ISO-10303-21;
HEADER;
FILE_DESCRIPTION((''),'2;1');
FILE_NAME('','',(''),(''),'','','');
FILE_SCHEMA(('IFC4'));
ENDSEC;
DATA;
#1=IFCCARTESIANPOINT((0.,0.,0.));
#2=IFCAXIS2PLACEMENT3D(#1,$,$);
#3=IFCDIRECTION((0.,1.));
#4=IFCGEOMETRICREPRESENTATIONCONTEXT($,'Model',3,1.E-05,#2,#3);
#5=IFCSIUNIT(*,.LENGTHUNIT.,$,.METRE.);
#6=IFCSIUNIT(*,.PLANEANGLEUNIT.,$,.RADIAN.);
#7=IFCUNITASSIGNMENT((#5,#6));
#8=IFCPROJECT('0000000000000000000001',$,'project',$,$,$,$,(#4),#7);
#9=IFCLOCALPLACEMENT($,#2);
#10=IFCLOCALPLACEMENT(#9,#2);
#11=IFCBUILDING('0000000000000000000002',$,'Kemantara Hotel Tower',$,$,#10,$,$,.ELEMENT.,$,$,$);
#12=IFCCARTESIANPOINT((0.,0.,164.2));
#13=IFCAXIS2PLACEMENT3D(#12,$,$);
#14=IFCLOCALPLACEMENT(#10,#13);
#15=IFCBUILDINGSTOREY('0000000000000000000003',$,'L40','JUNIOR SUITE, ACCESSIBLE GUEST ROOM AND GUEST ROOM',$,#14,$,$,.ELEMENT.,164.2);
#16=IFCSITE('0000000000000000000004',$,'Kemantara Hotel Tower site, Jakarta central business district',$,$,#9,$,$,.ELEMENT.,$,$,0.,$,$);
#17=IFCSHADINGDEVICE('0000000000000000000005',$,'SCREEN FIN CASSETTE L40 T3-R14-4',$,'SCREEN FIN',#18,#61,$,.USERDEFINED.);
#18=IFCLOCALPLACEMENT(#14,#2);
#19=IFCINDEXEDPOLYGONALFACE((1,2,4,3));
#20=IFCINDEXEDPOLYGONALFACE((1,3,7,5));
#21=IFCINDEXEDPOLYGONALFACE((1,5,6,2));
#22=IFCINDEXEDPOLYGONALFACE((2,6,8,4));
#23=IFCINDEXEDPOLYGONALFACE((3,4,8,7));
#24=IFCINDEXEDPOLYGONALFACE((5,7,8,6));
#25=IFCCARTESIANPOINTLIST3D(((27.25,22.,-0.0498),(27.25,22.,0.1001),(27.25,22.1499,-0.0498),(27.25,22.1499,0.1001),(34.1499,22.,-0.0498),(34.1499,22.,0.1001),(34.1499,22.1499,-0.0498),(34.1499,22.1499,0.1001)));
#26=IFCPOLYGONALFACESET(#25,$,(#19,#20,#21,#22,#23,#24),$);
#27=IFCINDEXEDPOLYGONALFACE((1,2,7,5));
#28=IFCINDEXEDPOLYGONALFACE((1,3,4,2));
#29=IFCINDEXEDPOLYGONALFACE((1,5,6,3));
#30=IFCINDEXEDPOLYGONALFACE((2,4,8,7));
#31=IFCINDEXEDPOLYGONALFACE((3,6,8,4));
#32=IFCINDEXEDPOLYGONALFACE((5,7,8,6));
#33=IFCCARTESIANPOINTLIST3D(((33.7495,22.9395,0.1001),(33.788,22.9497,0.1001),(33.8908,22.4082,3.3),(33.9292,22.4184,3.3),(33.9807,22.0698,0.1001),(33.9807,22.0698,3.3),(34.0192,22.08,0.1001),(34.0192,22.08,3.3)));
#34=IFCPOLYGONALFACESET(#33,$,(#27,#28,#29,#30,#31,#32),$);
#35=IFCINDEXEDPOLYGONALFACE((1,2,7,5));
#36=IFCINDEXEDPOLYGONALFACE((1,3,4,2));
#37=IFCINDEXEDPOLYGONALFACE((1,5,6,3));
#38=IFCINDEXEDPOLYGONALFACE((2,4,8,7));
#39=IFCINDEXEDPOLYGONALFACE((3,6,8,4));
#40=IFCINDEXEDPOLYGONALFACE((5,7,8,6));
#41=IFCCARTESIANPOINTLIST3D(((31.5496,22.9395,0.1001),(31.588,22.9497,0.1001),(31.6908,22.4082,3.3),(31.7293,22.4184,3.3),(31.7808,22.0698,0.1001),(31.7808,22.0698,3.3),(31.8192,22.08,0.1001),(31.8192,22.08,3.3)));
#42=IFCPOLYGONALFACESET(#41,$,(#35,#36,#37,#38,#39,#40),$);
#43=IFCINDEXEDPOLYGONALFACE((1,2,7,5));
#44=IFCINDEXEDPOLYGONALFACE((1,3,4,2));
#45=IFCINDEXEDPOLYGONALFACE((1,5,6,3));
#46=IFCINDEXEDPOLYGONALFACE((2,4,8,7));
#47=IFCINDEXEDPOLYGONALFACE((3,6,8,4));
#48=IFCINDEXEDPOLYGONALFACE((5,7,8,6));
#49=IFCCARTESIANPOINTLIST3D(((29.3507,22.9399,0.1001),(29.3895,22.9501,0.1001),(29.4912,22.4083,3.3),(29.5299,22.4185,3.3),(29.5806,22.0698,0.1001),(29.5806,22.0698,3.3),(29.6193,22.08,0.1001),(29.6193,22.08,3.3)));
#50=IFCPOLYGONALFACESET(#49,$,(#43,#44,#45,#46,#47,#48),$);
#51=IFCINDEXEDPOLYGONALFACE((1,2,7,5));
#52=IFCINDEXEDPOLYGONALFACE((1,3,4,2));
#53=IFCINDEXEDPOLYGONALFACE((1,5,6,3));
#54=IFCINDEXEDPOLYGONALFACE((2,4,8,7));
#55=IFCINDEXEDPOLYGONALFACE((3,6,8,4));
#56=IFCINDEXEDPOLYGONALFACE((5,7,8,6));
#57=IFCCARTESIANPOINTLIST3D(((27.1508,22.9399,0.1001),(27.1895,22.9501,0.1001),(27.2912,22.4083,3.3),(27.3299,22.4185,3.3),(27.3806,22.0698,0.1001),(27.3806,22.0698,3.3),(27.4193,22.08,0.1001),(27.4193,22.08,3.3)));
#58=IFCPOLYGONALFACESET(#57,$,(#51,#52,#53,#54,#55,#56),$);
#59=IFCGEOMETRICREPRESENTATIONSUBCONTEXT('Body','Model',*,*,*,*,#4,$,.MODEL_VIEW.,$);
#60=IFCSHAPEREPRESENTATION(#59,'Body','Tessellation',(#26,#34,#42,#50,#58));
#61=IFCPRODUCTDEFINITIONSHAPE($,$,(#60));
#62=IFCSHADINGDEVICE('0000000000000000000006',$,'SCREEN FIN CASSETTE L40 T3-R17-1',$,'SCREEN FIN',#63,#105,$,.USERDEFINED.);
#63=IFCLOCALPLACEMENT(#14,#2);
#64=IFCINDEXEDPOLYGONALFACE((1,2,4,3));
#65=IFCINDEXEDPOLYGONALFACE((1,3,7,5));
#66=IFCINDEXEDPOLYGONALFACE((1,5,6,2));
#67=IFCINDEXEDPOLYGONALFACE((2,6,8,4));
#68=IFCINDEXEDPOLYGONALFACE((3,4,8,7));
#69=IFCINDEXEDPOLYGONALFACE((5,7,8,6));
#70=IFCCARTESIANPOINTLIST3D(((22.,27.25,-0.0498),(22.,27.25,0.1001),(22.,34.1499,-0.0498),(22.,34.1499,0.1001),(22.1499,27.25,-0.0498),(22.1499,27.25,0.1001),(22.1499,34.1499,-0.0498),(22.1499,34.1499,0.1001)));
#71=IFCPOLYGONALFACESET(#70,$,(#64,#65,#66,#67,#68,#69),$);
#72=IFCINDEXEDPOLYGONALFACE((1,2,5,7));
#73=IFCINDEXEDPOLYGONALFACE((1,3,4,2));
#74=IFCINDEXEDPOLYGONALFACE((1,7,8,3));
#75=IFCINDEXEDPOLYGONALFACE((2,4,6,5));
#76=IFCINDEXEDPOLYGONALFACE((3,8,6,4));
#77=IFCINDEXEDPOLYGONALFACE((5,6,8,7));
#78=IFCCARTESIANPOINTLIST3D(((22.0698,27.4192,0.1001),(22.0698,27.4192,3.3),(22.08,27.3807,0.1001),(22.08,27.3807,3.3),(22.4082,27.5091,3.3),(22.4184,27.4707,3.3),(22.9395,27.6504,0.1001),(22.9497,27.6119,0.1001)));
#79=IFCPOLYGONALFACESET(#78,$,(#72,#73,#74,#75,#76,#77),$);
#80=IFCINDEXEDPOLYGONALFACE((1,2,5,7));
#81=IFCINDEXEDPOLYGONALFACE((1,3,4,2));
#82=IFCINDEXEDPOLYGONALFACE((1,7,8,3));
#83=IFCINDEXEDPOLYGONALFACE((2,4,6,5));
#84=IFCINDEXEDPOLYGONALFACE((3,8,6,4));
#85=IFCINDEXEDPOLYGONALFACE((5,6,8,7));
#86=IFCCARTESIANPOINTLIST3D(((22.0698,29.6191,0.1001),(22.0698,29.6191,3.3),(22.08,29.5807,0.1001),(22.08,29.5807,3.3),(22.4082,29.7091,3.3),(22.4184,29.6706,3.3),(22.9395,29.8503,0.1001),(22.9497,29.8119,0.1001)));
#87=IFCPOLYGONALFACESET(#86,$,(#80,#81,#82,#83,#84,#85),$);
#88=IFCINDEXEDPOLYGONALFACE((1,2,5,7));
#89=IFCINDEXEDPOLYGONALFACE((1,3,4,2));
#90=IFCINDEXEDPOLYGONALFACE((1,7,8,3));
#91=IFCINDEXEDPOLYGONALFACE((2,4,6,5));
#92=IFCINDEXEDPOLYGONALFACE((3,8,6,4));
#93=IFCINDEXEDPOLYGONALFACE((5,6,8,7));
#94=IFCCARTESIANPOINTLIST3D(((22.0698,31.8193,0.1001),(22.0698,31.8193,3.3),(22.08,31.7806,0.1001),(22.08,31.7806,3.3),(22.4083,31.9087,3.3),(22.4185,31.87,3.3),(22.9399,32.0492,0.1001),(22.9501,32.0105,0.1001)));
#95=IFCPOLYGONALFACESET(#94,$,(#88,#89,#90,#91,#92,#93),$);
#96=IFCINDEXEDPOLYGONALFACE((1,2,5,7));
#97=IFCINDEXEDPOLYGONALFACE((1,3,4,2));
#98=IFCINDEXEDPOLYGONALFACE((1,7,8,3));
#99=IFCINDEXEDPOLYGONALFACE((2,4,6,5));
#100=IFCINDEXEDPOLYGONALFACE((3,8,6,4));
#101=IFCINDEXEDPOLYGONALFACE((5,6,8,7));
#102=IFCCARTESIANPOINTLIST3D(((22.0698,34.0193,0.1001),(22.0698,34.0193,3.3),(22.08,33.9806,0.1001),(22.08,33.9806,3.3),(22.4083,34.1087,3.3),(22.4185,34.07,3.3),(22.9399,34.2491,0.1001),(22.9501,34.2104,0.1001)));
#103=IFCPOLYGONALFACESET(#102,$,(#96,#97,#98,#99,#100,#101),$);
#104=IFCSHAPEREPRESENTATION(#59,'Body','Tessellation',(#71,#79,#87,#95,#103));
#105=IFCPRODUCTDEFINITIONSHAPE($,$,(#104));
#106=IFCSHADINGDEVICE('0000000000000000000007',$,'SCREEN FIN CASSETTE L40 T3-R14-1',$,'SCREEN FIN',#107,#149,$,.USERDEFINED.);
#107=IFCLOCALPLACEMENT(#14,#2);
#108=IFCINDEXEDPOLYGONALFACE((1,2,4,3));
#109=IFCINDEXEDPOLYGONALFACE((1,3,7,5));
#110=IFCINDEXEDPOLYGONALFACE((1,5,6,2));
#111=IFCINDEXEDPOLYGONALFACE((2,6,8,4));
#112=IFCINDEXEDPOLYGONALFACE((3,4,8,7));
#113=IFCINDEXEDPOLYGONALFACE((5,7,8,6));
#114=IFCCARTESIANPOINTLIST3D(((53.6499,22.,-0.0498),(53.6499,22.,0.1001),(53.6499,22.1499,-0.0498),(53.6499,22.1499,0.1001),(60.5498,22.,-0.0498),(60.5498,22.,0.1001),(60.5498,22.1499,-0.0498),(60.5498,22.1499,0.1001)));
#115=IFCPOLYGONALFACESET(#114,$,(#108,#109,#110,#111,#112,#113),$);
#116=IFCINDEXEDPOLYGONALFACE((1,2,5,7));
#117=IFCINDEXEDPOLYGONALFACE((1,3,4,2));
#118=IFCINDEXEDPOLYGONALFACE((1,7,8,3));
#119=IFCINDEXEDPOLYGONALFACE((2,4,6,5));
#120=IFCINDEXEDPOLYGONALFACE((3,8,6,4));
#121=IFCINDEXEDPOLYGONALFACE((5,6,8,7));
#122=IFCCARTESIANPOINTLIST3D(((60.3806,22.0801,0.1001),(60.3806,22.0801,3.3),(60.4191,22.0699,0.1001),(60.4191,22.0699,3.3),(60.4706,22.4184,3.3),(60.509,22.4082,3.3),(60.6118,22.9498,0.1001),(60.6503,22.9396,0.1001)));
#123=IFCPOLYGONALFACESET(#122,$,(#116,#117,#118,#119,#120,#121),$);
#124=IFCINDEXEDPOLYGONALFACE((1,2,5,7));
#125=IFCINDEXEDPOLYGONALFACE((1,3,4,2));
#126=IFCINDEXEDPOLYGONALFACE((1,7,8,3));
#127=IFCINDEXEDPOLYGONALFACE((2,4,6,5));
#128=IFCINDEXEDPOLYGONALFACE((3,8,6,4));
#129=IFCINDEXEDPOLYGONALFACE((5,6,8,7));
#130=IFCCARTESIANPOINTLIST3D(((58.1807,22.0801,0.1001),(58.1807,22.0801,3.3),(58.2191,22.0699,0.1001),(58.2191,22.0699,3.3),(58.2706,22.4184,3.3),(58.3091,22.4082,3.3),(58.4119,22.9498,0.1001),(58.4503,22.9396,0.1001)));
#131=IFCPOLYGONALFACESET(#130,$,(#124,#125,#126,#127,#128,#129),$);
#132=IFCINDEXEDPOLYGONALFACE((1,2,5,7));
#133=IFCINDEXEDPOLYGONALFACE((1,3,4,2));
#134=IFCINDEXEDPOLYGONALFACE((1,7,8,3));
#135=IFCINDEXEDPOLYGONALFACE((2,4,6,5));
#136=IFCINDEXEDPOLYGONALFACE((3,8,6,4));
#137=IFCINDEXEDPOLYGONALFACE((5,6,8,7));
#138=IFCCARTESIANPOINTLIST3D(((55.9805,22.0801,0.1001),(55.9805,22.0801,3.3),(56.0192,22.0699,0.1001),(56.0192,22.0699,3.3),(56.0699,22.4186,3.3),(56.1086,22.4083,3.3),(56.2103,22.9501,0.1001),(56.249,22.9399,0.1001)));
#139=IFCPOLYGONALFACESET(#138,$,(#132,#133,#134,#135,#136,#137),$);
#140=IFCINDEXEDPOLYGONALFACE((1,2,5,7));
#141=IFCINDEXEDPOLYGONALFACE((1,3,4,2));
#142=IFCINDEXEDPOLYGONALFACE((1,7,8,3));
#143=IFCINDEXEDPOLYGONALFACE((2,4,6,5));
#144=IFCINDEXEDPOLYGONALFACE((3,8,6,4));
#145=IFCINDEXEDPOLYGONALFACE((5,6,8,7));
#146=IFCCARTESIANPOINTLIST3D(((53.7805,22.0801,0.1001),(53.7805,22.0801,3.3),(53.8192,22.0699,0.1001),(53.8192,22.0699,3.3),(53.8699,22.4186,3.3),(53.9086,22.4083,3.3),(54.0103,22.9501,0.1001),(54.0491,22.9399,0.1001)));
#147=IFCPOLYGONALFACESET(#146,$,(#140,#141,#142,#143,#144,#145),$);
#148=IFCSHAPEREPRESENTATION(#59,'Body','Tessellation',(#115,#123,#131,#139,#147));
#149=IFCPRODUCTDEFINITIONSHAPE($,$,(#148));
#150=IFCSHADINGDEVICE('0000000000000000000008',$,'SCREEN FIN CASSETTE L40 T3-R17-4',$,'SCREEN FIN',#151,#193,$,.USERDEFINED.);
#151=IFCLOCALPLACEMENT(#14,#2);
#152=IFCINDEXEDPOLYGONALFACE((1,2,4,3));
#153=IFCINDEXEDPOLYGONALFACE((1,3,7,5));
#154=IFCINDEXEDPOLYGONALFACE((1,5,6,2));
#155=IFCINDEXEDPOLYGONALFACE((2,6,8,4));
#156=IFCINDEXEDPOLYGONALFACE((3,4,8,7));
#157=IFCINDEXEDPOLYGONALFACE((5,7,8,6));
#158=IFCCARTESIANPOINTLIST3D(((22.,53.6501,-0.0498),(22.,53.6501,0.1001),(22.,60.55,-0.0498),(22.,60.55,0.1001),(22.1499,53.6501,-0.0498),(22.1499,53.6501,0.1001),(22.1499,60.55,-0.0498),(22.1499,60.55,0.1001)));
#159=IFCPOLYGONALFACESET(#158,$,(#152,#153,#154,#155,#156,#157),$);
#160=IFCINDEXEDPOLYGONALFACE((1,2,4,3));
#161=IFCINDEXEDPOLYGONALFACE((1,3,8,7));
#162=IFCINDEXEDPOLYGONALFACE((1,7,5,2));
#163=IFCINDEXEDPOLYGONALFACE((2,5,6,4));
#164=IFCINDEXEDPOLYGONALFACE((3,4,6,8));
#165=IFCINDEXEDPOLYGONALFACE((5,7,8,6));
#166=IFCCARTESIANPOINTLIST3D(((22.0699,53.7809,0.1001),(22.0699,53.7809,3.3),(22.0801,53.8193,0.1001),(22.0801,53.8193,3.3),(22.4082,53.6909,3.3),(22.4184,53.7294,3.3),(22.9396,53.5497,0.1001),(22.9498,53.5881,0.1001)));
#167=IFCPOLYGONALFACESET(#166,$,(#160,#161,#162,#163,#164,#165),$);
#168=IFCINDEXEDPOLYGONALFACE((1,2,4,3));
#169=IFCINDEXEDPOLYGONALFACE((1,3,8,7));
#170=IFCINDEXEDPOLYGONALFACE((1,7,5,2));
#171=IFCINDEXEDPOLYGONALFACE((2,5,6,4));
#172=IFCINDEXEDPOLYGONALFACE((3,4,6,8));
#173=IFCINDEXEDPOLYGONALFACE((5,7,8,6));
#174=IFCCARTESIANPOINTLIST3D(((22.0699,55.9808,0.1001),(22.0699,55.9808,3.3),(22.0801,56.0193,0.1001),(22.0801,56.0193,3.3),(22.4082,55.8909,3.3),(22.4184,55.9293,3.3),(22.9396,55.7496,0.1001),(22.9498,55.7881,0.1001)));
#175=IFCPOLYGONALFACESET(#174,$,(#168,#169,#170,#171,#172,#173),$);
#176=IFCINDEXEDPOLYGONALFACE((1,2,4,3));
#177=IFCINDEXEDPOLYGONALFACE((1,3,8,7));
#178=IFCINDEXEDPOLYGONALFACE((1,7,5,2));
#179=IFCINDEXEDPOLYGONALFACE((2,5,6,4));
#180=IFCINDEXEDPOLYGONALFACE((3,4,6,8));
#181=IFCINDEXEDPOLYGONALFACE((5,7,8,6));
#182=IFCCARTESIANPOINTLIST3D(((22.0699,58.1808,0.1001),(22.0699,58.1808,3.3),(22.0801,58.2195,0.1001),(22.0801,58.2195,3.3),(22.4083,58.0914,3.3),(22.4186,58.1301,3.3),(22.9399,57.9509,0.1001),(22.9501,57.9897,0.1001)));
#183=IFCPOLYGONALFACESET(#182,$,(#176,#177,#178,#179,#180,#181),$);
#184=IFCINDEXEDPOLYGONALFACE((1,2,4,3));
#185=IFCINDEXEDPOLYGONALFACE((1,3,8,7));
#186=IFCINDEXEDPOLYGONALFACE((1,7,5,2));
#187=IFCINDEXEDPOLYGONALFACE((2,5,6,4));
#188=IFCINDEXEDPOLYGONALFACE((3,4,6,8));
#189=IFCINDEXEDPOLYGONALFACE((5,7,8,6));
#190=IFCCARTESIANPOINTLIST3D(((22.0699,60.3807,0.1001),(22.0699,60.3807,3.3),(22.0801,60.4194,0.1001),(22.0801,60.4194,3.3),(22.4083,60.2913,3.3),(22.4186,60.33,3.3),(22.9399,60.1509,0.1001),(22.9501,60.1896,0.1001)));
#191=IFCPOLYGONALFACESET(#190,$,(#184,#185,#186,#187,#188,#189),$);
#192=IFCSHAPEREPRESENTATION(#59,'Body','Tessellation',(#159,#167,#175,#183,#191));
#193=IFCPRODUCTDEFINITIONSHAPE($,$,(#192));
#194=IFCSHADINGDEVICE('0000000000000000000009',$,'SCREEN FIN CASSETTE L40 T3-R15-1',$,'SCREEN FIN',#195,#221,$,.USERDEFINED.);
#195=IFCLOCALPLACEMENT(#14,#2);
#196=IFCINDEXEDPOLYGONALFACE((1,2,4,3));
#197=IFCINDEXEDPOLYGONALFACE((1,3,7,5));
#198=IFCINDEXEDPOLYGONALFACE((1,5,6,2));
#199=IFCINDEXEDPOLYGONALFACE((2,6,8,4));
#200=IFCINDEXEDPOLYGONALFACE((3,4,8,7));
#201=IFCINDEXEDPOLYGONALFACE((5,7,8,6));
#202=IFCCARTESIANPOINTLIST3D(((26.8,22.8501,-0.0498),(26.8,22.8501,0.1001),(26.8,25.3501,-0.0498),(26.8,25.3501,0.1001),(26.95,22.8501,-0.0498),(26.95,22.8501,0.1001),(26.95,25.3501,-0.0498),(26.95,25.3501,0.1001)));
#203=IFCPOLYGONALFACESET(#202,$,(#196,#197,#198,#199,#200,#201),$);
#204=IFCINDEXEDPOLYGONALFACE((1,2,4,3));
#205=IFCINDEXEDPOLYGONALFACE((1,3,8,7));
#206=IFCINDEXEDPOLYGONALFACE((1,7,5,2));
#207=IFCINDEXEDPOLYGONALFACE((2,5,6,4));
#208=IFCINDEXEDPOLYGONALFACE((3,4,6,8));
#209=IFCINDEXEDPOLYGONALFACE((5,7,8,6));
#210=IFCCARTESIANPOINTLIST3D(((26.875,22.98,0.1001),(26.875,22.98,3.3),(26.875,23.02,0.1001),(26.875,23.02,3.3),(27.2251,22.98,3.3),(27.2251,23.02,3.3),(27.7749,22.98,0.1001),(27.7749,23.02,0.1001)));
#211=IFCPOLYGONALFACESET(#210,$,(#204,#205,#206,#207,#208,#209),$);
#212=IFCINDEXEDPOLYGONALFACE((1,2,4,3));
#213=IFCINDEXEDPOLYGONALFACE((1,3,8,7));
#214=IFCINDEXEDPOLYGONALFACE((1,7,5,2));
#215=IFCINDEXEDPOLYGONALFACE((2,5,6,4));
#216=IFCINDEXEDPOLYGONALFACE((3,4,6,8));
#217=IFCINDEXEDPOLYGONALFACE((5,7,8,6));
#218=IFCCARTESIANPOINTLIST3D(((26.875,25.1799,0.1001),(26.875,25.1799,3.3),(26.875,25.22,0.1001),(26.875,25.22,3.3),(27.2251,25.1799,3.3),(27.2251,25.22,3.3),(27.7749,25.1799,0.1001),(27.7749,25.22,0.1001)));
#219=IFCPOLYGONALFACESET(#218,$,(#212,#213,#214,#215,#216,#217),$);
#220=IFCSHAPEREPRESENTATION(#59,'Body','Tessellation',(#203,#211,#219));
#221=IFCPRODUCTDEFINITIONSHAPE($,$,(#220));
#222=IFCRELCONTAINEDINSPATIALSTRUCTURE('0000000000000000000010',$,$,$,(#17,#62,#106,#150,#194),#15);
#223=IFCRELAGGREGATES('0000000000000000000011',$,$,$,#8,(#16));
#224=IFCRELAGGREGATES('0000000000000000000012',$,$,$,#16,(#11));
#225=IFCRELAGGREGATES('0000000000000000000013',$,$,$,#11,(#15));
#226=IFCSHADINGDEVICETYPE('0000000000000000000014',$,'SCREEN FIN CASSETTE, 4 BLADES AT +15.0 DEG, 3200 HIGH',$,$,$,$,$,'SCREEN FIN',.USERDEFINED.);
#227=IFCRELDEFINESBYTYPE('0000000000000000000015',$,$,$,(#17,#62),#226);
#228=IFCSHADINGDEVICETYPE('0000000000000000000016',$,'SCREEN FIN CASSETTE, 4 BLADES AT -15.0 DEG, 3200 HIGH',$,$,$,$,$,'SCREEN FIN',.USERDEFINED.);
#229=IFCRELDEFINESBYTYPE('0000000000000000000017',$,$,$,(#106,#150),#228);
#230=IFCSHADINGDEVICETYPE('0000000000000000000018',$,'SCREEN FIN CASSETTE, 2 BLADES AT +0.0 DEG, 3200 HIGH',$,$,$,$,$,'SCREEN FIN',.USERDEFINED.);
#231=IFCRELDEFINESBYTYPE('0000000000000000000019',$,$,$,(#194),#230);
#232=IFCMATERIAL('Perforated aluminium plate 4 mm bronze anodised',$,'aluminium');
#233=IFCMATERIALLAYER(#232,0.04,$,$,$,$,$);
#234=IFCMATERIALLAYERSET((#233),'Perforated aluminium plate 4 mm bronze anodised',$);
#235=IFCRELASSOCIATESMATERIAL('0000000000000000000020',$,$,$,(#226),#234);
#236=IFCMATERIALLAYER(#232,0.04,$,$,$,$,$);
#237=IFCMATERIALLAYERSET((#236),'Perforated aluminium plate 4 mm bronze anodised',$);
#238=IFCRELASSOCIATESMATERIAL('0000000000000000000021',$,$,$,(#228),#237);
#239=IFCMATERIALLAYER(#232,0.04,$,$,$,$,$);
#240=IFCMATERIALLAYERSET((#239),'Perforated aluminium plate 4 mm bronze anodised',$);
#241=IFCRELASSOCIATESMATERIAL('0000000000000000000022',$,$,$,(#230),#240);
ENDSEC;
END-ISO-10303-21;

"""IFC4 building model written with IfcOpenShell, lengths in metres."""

from ifc_helpers import new_model, si_unit, direction, frame, origin, origin_2d, place, context, subcontext, project, spatial, polyline, rectangle, outline, extrude, source, transform, mapped, material, layer, layer_set, type_object, element, save


model = new_model("IFC4")

# Units and contexts
model_context = context("Model", 3, precision=1e-05, world=origin(), true_north=direction((0.0, 1.0)))
body_context = subcontext(model_context, "Body", "Model", "MODEL_VIEW")
ifc_project = project(units=[si_unit("LENGTHUNIT", "METRE"), si_unit("PLANEANGLEUNIT", "RADIAN")], contexts=[model_context])

# Site, building, storey
site_placement = place(None, origin())
site = spatial("IfcSite", under=ifc_project, at=site_placement, Name="Kemantara Hotel Tower site, Jakarta central business district", CompositionType="ELEMENT", RefElevation=0.0)
building_placement = place(site_placement, origin())
building = spatial("IfcBuilding", under=site, at=building_placement, Name="Kemantara Hotel Tower", CompositionType="ELEMENT")
storey_placement = place(building_placement, frame((0.0, 0.0, 164.2)))
storey = spatial("IfcBuildingStorey", under=building, at=storey_placement, Name="L40", Description="JUNIOR SUITE, ACCESSIBLE GUEST ROOM AND GUEST ROOM", CompositionType="ELEMENT", Elevation=164.2)

# Shading devices
ifc_material_1 = material(Name="Perforated aluminium plate 4 mm bronze anodised", Category="aluminium")
ifc_layer_1 = layer(ifc_material_1, 0.04)
ifc_layer_set_1 = layer_set([ifc_layer_1], Name="Perforated aluminium plate 4 mm bronze anodised")
shading_device_type_1 = type_object("IfcShadingDeviceType", Name="SCREEN FIN CASSETTE, 4 BLADES AT +15.0 DEG, 3200 HIGH", ElementType="SCREEN FIN", PredefinedType="USERDEFINED", material=ifc_layer_set_1)
shared_shape_1 = source(origin(), body_context, "Body", "SweptSolid", [
    extrude(rectangle(XDim=6.8999, YDim=0.1499, at=origin_2d()), frame((3.3, -0.075, -0.1499), z_axis=(0.0, 0.0, 1.0), x_axis=(1.0, 0.0, 0.0)), (0.0, 0.0, 1.0), 0.1499),
    extrude(outline(polyline([(0.0, 0.0), (0.8999, 0.0), (0.3501, 3.2), (0.0, 3.2), (0.0, 0.0)])), frame((0.0193, -0.0698, 0.0), z_axis=(-0.966438, -0.256901, 0.0), x_axis=(0.256901, -0.966438, 0.0)), (0.0, 0.0, 1.0), 0.0398),
    extrude(outline(polyline([(0.0, 0.0), (0.8999, 0.0), (0.3501, 3.2), (0.0, 3.2), (0.0, 0.0)])), frame((2.2192, -0.0698, 0.0), z_axis=(-0.966438, -0.256901, 0.0), x_axis=(0.256901, -0.966438, 0.0)), (0.0, 0.0, 1.0), 0.0398),
    extrude(outline(polyline([(0.0, 0.0), (0.8999, 0.0), (0.3501, 3.2), (0.0, 3.2), (0.0, 0.0)])), frame((4.4194, -0.0698, 0.0), z_axis=(-0.966838, -0.255391, 0.0), x_axis=(0.255391, -0.966838, 0.0)), (0.0, 0.0, 1.0), 0.04),
    extrude(outline(polyline([(0.0, 0.0), (0.8999, 0.0), (0.3501, 3.2), (0.0, 3.2), (0.0, 0.0)])), frame((6.6194, -0.0698, 0.0), z_axis=(-0.966838, -0.255391, 0.0), x_axis=(0.255391, -0.966838, 0.0)), (0.0, 0.0, 1.0), 0.04),
])
for number, where, z_axis, x_axis, name in (
    (1, (34.0, 22.0, 0.1001), (0.0, 0.0, 1.0), (-1.0, 0.0, 0.0), "SCREEN FIN CASSETTE L40 T3-R14-4"),
    (2, (22.0, 27.3999, 0.1001), (0.0, 0.0, 1.0), (0.0, 1.0, 0.0), "SCREEN FIN CASSETTE L40 T3-R17-1"),
):
    element("IfcShadingDevice", number, at=place(storey_placement, frame(where, z_axis=z_axis, x_axis=x_axis)), inside=storey, type_object=shading_device_type_1, Name=name, ObjectType="SCREEN FIN", PredefinedType="USERDEFINED", context=body_context, shape_type="MappedRepresentation", body=[
        mapped(shared_shape_1, transform((0.0, 0.0, 0.0))),
    ])
ifc_layer_2 = layer(ifc_material_1, 0.04)
ifc_layer_set_2 = layer_set([ifc_layer_2], Name="Perforated aluminium plate 4 mm bronze anodised")
shading_device_type_2 = type_object("IfcShadingDeviceType", Name="SCREEN FIN CASSETTE, 4 BLADES AT -15.0 DEG, 3200 HIGH", ElementType="SCREEN FIN", PredefinedType="USERDEFINED", material=ifc_layer_set_2)
shared_shape_2 = source(origin(), body_context, "Body", "SweptSolid", [
    extrude(rectangle(XDim=6.8999, YDim=0.1499, at=origin_2d()), frame((3.3, -0.075, -0.1499), z_axis=(0.0, 0.0, 1.0), x_axis=(1.0, 0.0, 0.0)), (0.0, 0.0, 1.0), 0.1499),
    extrude(outline(polyline([(0.0, 0.0), (0.8999, 0.0), (0.3501, 3.2), (0.0, 3.2), (0.0, 0.0)])), frame((0.0193, -0.0801, 0.0), z_axis=(-0.966438, 0.256901, 0.0), x_axis=(-0.256901, -0.966438, 0.0)), (0.0, 0.0, 1.0), 0.0398),
    extrude(outline(polyline([(0.0, 0.0), (0.8999, 0.0), (0.3501, 3.2), (0.0, 3.2), (0.0, 0.0)])), frame((2.2192, -0.0801, 0.0), z_axis=(-0.966438, 0.256901, 0.0), x_axis=(-0.256901, -0.966438, 0.0)), (0.0, 0.0, 1.0), 0.0398),
    extrude(outline(polyline([(0.0, 0.0), (0.8999, 0.0), (0.3501, 3.2), (0.0, 3.2), (0.0, 0.0)])), frame((4.4194, -0.0801, 0.0), z_axis=(-0.966838, 0.255391, 0.0), x_axis=(-0.255391, -0.966838, 0.0)), (0.0, 0.0, 1.0), 0.04),
    extrude(outline(polyline([(0.0, 0.0), (0.8999, 0.0), (0.3501, 3.2), (0.0, 3.2), (0.0, 0.0)])), frame((6.6194, -0.0801, 0.0), z_axis=(-0.966838, 0.255391, 0.0), x_axis=(-0.255391, -0.966838, 0.0)), (0.0, 0.0, 1.0), 0.04),
])
for number, where, z_axis, x_axis, name in (
    (3, (60.3999, 22.0, 0.1001), (0.0, 0.0, 1.0), (-1.0, 0.0, 0.0), "SCREEN FIN CASSETTE L40 T3-R14-1"),
    (4, (22.0, 53.8, 0.1001), (0.0, 0.0, 1.0), (0.0, 1.0, 0.0), "SCREEN FIN CASSETTE L40 T3-R17-4"),
):
    element("IfcShadingDevice", number, at=place(storey_placement, frame(where, z_axis=z_axis, x_axis=x_axis)), inside=storey, type_object=shading_device_type_2, Name=name, ObjectType="SCREEN FIN", PredefinedType="USERDEFINED", context=body_context, shape_type="MappedRepresentation", body=[
        mapped(shared_shape_2, transform((0.0, 0.0, 0.0))),
    ])
ifc_layer_3 = layer(ifc_material_1, 0.04)
ifc_layer_set_3 = layer_set([ifc_layer_3], Name="Perforated aluminium plate 4 mm bronze anodised")
shading_device_type_3 = type_object("IfcShadingDeviceType", Name="SCREEN FIN CASSETTE, 2 BLADES AT +0.0 DEG, 3200 HIGH", ElementType="SCREEN FIN", PredefinedType="USERDEFINED", material=ifc_layer_set_3)
shared_shape_3 = source(origin(), body_context, "Body", "SweptSolid", [
    extrude(rectangle(XDim=2.5, YDim=0.1499, at=origin_2d()), frame((1.1001, -0.075, -0.1499), z_axis=(0.0, 0.0, 1.0), x_axis=(1.0, 0.0, 0.0)), (0.0, 0.0, 1.0), 0.1499),
    extrude(outline(polyline([(0.0, 0.0), (0.8999, 0.0), (0.3501, 3.2), (0.0, 3.2), (0.0, 0.0)])), frame((0.02, -0.075, 0.0), z_axis=(-1.0, 0.0, 0.0), x_axis=(0.0, -1.0, 0.0)), (0.0, 0.0, 1.0), 0.04),
    extrude(outline(polyline([(0.0, 0.0), (0.8999, 0.0), (0.3501, 3.2), (0.0, 3.2), (0.0, 0.0)])), frame((2.22, -0.075, 0.0), z_axis=(-1.0, 0.0, 0.0), x_axis=(0.0, -1.0, 0.0)), (0.0, 0.0, 1.0), 0.04),
])
for number, where, z_axis, x_axis, name in (
    (5, (26.8, 23.0, 0.1001), (0.0, 0.0, 1.0), (0.0, 1.0, 0.0), "SCREEN FIN CASSETTE L40 T3-R15-1"),
):
    element("IfcShadingDevice", number, at=place(storey_placement, frame(where, z_axis=z_axis, x_axis=x_axis)), inside=storey, type_object=shading_device_type_3, Name=name, ObjectType="SCREEN FIN", PredefinedType="USERDEFINED", context=body_context, shape_type="MappedRepresentation", body=[
        mapped(shared_shape_3, transform((0.0, 0.0, 0.0))),
    ])

save(model, "model.ifc")
